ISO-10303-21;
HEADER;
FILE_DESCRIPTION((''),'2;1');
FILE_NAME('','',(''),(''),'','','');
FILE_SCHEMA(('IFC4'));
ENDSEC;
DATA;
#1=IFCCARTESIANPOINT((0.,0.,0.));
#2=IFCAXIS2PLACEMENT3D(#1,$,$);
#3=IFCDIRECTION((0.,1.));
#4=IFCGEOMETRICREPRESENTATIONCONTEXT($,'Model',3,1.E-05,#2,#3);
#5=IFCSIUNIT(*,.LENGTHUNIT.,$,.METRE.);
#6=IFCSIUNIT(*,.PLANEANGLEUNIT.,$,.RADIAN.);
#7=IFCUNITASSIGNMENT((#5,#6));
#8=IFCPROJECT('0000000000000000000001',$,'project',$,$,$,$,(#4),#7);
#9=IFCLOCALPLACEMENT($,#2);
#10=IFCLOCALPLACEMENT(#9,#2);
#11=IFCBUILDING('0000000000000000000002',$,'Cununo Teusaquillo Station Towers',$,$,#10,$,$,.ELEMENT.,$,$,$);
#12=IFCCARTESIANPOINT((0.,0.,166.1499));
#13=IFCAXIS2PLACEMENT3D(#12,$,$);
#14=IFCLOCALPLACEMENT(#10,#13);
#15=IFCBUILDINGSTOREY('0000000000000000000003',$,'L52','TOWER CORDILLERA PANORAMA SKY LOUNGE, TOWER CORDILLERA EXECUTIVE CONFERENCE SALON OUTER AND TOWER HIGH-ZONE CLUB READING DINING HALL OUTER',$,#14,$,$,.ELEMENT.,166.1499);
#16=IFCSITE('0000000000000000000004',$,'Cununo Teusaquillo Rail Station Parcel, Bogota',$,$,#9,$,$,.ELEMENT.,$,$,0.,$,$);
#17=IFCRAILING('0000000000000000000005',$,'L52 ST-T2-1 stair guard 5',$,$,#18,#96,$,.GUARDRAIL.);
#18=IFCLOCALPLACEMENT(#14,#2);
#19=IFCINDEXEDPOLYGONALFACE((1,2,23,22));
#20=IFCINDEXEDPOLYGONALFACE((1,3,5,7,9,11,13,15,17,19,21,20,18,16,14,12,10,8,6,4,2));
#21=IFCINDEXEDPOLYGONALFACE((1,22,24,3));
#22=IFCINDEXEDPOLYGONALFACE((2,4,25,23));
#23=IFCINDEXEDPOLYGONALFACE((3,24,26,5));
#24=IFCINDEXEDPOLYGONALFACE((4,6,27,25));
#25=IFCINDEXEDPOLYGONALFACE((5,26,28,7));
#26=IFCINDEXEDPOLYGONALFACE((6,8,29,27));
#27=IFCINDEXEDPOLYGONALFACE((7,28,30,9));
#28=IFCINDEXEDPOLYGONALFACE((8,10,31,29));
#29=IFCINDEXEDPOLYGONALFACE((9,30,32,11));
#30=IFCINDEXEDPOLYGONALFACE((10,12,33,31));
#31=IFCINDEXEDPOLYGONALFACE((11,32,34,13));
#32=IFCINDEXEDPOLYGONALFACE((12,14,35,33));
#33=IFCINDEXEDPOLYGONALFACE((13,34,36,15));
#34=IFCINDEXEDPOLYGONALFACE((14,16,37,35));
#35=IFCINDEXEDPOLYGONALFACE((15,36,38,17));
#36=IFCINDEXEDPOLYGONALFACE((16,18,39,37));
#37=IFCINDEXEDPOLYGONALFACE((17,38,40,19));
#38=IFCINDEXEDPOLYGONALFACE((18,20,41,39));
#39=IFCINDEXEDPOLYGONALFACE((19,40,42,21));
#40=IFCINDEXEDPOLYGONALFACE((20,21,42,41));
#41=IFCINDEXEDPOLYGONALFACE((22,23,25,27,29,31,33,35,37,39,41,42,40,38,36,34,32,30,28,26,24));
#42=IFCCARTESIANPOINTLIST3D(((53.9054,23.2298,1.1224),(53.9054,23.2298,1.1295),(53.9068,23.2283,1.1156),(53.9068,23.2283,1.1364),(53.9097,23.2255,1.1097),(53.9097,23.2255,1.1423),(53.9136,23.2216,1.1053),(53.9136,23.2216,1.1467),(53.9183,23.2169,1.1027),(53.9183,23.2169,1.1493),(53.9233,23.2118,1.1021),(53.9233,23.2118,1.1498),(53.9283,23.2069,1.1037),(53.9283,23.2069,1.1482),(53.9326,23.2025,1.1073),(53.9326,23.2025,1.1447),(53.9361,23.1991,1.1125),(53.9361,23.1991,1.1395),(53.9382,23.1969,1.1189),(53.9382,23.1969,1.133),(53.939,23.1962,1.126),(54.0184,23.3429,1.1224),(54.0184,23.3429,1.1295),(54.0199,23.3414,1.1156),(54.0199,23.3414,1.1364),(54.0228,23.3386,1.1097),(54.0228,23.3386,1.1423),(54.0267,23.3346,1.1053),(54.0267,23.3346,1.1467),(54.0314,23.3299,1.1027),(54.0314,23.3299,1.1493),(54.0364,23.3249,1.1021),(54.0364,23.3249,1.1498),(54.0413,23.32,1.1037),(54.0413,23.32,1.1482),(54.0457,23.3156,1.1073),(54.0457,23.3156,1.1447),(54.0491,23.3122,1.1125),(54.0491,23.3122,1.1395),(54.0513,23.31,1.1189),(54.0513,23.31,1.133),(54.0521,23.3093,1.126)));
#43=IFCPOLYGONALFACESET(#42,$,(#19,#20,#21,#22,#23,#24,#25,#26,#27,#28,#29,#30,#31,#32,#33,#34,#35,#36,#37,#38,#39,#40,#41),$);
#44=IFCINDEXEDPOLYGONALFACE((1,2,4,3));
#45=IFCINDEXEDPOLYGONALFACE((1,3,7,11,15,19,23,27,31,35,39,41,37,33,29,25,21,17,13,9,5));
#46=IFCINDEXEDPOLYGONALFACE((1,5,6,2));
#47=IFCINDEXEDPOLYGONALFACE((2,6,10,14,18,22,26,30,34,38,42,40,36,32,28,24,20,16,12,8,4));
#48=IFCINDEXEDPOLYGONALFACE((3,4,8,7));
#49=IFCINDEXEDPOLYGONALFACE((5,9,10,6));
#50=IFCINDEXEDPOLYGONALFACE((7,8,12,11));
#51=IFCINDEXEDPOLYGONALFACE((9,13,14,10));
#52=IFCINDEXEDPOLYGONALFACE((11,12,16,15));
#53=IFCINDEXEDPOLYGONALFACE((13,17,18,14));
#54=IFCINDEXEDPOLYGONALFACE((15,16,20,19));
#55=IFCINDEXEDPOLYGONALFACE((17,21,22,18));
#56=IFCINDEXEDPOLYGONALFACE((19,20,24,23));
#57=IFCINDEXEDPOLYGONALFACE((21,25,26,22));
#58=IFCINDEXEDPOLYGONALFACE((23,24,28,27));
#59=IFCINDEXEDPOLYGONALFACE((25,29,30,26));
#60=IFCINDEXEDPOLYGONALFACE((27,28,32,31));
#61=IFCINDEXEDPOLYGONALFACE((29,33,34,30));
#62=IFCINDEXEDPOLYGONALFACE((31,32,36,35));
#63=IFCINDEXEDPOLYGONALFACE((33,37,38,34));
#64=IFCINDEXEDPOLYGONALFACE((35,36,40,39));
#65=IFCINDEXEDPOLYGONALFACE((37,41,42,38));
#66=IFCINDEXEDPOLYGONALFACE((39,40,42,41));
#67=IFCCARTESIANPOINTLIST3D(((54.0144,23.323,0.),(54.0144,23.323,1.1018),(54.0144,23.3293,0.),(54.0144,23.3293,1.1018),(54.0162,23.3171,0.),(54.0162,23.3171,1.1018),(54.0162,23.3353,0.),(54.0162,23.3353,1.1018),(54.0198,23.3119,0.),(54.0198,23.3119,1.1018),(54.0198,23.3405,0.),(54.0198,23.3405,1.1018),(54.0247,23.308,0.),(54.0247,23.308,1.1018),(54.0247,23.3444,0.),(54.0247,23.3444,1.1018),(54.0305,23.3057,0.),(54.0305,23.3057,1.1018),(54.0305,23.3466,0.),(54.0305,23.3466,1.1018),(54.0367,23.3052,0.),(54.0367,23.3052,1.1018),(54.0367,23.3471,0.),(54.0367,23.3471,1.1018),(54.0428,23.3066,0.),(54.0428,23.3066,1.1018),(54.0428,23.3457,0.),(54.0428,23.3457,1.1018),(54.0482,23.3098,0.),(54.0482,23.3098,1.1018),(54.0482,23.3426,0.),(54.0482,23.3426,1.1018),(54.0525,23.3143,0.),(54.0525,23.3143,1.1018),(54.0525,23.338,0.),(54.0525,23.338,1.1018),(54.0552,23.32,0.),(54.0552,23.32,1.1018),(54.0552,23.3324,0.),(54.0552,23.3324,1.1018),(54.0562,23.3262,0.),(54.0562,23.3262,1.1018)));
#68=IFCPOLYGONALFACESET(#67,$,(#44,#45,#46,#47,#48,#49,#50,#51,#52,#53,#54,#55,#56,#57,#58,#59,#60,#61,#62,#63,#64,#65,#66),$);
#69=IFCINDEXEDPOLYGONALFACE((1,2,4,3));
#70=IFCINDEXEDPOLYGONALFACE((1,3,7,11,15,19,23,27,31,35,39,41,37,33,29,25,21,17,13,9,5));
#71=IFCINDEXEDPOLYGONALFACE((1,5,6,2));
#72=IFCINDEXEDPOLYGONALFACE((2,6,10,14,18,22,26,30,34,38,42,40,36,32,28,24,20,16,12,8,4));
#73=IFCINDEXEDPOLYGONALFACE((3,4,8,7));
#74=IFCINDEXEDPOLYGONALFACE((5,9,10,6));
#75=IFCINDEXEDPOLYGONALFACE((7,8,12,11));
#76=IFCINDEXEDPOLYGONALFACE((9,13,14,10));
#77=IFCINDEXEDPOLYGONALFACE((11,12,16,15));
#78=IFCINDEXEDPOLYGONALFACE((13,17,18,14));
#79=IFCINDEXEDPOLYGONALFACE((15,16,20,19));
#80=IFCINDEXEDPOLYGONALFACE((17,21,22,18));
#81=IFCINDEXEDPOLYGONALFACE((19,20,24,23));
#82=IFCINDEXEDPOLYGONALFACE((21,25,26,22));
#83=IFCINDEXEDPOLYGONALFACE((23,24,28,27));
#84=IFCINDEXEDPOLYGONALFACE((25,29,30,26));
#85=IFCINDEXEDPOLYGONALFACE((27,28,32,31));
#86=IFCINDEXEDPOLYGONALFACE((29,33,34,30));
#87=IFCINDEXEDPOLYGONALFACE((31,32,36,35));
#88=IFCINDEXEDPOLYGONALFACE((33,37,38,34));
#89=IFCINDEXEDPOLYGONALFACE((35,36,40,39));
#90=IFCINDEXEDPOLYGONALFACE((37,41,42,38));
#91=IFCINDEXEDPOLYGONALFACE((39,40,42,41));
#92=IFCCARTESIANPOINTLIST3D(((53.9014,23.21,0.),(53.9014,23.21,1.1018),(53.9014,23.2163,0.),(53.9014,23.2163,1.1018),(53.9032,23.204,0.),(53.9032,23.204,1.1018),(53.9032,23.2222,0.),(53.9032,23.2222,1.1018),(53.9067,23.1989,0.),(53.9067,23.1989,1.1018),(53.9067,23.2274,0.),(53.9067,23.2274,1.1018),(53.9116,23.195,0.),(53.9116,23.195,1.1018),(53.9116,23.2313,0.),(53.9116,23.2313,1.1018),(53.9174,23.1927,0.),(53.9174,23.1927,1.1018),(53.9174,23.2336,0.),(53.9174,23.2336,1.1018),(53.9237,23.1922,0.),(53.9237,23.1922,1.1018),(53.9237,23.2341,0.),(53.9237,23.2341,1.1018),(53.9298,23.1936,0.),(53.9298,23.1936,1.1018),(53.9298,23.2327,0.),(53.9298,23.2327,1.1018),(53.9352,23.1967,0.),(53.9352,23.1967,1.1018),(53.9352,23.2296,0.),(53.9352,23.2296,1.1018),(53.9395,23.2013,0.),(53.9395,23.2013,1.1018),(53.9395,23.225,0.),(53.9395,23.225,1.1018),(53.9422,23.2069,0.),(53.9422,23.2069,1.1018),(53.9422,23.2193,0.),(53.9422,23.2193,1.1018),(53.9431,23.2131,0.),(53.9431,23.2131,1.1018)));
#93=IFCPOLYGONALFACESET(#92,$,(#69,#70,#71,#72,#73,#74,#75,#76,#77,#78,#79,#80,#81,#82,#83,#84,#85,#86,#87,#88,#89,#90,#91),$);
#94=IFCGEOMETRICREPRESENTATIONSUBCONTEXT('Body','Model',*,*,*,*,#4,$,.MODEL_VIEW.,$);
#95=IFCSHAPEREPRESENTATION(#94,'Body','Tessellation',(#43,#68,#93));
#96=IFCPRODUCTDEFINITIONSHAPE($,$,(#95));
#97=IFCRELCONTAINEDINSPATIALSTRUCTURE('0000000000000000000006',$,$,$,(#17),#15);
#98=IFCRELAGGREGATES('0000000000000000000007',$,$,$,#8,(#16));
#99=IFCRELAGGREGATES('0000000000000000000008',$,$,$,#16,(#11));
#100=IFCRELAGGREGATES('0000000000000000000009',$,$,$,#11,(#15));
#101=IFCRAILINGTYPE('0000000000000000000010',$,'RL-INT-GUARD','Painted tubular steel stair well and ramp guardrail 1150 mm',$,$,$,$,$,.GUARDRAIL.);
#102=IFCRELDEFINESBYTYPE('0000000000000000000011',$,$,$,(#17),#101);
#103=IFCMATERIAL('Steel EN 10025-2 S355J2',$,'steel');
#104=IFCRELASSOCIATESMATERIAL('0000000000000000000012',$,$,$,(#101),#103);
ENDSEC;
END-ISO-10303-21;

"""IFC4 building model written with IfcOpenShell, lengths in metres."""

from ifc_helpers import new_model, si_unit, direction, frame, origin, origin_2d, place, context, subcontext, project, spatial, circle, extrude, material, type_object, element, save


model = new_model("IFC4")

# Units and contexts
model_context = context("Model", 3, precision=1e-05, world=origin(), true_north=direction((0.0, 1.0)))
body_context = subcontext(model_context, "Body", "Model", "MODEL_VIEW")
ifc_project = project(units=[si_unit("LENGTHUNIT", "METRE"), si_unit("PLANEANGLEUNIT", "RADIAN")], contexts=[model_context])

# Site, building, storey
site_placement = place(None, origin())
site = spatial("IfcSite", under=ifc_project, at=site_placement, Name="Cununo Teusaquillo Rail Station Parcel, Bogota", CompositionType="ELEMENT", RefElevation=0.0)
building_placement = place(site_placement, origin())
building = spatial("IfcBuilding", under=site, at=building_placement, Name="Cununo Teusaquillo Station Towers", CompositionType="ELEMENT")
storey_placement = place(building_placement, frame((0.0, 0.0, 166.1499)))
storey = spatial("IfcBuildingStorey", under=building, at=storey_placement, Name="L52", Description="TOWER CORDILLERA PANORAMA SKY LOUNGE, TOWER CORDILLERA EXECUTIVE CONFERENCE SALON OUTER AND TOWER HIGH-ZONE CLUB READING DINING HALL OUTER", CompositionType="ELEMENT", Elevation=166.1499)

# Railing
ifc_material_1 = material(Name="Steel EN 10025-2 S355J2", Category="steel")
railing_type_1 = type_object("IfcRailingType", Name="RL-INT-GUARD", Description="Painted tubular steel stair well and ramp guardrail 1150 mm", PredefinedType="GUARDRAIL", material=ifc_material_1)
railing_1_placement = place(storey_placement, frame((54.0352, 23.3262, 0.0)))
element("IfcRailing", 1, at=railing_1_placement, inside=storey, type_object=railing_type_1, Name="L52 ST-T2-1 stair guard 5", PredefinedType="GUARDRAIL", context=body_context, shape_type="SweptSolid", body=[
    extrude(circle(Radius=0.0239, at=origin_2d()), frame((0.0, 0.0, 1.126), z_axis=(-0.707107, -0.707107, 0.0), x_axis=(0.707107, -0.707107, 0.0)), (0.0, 0.0, 1.0), 0.1599),
    extrude(circle(Radius=0.021, at=origin_2d()), origin(), (0.0, 0.0, 1.0), 1.1018),
    extrude(circle(Radius=0.021, at=origin_2d()), frame((-0.113, -0.113, 0.0)), (0.0, 0.0, 1.0), 1.1018),
])

save(model, "model.ifc")
